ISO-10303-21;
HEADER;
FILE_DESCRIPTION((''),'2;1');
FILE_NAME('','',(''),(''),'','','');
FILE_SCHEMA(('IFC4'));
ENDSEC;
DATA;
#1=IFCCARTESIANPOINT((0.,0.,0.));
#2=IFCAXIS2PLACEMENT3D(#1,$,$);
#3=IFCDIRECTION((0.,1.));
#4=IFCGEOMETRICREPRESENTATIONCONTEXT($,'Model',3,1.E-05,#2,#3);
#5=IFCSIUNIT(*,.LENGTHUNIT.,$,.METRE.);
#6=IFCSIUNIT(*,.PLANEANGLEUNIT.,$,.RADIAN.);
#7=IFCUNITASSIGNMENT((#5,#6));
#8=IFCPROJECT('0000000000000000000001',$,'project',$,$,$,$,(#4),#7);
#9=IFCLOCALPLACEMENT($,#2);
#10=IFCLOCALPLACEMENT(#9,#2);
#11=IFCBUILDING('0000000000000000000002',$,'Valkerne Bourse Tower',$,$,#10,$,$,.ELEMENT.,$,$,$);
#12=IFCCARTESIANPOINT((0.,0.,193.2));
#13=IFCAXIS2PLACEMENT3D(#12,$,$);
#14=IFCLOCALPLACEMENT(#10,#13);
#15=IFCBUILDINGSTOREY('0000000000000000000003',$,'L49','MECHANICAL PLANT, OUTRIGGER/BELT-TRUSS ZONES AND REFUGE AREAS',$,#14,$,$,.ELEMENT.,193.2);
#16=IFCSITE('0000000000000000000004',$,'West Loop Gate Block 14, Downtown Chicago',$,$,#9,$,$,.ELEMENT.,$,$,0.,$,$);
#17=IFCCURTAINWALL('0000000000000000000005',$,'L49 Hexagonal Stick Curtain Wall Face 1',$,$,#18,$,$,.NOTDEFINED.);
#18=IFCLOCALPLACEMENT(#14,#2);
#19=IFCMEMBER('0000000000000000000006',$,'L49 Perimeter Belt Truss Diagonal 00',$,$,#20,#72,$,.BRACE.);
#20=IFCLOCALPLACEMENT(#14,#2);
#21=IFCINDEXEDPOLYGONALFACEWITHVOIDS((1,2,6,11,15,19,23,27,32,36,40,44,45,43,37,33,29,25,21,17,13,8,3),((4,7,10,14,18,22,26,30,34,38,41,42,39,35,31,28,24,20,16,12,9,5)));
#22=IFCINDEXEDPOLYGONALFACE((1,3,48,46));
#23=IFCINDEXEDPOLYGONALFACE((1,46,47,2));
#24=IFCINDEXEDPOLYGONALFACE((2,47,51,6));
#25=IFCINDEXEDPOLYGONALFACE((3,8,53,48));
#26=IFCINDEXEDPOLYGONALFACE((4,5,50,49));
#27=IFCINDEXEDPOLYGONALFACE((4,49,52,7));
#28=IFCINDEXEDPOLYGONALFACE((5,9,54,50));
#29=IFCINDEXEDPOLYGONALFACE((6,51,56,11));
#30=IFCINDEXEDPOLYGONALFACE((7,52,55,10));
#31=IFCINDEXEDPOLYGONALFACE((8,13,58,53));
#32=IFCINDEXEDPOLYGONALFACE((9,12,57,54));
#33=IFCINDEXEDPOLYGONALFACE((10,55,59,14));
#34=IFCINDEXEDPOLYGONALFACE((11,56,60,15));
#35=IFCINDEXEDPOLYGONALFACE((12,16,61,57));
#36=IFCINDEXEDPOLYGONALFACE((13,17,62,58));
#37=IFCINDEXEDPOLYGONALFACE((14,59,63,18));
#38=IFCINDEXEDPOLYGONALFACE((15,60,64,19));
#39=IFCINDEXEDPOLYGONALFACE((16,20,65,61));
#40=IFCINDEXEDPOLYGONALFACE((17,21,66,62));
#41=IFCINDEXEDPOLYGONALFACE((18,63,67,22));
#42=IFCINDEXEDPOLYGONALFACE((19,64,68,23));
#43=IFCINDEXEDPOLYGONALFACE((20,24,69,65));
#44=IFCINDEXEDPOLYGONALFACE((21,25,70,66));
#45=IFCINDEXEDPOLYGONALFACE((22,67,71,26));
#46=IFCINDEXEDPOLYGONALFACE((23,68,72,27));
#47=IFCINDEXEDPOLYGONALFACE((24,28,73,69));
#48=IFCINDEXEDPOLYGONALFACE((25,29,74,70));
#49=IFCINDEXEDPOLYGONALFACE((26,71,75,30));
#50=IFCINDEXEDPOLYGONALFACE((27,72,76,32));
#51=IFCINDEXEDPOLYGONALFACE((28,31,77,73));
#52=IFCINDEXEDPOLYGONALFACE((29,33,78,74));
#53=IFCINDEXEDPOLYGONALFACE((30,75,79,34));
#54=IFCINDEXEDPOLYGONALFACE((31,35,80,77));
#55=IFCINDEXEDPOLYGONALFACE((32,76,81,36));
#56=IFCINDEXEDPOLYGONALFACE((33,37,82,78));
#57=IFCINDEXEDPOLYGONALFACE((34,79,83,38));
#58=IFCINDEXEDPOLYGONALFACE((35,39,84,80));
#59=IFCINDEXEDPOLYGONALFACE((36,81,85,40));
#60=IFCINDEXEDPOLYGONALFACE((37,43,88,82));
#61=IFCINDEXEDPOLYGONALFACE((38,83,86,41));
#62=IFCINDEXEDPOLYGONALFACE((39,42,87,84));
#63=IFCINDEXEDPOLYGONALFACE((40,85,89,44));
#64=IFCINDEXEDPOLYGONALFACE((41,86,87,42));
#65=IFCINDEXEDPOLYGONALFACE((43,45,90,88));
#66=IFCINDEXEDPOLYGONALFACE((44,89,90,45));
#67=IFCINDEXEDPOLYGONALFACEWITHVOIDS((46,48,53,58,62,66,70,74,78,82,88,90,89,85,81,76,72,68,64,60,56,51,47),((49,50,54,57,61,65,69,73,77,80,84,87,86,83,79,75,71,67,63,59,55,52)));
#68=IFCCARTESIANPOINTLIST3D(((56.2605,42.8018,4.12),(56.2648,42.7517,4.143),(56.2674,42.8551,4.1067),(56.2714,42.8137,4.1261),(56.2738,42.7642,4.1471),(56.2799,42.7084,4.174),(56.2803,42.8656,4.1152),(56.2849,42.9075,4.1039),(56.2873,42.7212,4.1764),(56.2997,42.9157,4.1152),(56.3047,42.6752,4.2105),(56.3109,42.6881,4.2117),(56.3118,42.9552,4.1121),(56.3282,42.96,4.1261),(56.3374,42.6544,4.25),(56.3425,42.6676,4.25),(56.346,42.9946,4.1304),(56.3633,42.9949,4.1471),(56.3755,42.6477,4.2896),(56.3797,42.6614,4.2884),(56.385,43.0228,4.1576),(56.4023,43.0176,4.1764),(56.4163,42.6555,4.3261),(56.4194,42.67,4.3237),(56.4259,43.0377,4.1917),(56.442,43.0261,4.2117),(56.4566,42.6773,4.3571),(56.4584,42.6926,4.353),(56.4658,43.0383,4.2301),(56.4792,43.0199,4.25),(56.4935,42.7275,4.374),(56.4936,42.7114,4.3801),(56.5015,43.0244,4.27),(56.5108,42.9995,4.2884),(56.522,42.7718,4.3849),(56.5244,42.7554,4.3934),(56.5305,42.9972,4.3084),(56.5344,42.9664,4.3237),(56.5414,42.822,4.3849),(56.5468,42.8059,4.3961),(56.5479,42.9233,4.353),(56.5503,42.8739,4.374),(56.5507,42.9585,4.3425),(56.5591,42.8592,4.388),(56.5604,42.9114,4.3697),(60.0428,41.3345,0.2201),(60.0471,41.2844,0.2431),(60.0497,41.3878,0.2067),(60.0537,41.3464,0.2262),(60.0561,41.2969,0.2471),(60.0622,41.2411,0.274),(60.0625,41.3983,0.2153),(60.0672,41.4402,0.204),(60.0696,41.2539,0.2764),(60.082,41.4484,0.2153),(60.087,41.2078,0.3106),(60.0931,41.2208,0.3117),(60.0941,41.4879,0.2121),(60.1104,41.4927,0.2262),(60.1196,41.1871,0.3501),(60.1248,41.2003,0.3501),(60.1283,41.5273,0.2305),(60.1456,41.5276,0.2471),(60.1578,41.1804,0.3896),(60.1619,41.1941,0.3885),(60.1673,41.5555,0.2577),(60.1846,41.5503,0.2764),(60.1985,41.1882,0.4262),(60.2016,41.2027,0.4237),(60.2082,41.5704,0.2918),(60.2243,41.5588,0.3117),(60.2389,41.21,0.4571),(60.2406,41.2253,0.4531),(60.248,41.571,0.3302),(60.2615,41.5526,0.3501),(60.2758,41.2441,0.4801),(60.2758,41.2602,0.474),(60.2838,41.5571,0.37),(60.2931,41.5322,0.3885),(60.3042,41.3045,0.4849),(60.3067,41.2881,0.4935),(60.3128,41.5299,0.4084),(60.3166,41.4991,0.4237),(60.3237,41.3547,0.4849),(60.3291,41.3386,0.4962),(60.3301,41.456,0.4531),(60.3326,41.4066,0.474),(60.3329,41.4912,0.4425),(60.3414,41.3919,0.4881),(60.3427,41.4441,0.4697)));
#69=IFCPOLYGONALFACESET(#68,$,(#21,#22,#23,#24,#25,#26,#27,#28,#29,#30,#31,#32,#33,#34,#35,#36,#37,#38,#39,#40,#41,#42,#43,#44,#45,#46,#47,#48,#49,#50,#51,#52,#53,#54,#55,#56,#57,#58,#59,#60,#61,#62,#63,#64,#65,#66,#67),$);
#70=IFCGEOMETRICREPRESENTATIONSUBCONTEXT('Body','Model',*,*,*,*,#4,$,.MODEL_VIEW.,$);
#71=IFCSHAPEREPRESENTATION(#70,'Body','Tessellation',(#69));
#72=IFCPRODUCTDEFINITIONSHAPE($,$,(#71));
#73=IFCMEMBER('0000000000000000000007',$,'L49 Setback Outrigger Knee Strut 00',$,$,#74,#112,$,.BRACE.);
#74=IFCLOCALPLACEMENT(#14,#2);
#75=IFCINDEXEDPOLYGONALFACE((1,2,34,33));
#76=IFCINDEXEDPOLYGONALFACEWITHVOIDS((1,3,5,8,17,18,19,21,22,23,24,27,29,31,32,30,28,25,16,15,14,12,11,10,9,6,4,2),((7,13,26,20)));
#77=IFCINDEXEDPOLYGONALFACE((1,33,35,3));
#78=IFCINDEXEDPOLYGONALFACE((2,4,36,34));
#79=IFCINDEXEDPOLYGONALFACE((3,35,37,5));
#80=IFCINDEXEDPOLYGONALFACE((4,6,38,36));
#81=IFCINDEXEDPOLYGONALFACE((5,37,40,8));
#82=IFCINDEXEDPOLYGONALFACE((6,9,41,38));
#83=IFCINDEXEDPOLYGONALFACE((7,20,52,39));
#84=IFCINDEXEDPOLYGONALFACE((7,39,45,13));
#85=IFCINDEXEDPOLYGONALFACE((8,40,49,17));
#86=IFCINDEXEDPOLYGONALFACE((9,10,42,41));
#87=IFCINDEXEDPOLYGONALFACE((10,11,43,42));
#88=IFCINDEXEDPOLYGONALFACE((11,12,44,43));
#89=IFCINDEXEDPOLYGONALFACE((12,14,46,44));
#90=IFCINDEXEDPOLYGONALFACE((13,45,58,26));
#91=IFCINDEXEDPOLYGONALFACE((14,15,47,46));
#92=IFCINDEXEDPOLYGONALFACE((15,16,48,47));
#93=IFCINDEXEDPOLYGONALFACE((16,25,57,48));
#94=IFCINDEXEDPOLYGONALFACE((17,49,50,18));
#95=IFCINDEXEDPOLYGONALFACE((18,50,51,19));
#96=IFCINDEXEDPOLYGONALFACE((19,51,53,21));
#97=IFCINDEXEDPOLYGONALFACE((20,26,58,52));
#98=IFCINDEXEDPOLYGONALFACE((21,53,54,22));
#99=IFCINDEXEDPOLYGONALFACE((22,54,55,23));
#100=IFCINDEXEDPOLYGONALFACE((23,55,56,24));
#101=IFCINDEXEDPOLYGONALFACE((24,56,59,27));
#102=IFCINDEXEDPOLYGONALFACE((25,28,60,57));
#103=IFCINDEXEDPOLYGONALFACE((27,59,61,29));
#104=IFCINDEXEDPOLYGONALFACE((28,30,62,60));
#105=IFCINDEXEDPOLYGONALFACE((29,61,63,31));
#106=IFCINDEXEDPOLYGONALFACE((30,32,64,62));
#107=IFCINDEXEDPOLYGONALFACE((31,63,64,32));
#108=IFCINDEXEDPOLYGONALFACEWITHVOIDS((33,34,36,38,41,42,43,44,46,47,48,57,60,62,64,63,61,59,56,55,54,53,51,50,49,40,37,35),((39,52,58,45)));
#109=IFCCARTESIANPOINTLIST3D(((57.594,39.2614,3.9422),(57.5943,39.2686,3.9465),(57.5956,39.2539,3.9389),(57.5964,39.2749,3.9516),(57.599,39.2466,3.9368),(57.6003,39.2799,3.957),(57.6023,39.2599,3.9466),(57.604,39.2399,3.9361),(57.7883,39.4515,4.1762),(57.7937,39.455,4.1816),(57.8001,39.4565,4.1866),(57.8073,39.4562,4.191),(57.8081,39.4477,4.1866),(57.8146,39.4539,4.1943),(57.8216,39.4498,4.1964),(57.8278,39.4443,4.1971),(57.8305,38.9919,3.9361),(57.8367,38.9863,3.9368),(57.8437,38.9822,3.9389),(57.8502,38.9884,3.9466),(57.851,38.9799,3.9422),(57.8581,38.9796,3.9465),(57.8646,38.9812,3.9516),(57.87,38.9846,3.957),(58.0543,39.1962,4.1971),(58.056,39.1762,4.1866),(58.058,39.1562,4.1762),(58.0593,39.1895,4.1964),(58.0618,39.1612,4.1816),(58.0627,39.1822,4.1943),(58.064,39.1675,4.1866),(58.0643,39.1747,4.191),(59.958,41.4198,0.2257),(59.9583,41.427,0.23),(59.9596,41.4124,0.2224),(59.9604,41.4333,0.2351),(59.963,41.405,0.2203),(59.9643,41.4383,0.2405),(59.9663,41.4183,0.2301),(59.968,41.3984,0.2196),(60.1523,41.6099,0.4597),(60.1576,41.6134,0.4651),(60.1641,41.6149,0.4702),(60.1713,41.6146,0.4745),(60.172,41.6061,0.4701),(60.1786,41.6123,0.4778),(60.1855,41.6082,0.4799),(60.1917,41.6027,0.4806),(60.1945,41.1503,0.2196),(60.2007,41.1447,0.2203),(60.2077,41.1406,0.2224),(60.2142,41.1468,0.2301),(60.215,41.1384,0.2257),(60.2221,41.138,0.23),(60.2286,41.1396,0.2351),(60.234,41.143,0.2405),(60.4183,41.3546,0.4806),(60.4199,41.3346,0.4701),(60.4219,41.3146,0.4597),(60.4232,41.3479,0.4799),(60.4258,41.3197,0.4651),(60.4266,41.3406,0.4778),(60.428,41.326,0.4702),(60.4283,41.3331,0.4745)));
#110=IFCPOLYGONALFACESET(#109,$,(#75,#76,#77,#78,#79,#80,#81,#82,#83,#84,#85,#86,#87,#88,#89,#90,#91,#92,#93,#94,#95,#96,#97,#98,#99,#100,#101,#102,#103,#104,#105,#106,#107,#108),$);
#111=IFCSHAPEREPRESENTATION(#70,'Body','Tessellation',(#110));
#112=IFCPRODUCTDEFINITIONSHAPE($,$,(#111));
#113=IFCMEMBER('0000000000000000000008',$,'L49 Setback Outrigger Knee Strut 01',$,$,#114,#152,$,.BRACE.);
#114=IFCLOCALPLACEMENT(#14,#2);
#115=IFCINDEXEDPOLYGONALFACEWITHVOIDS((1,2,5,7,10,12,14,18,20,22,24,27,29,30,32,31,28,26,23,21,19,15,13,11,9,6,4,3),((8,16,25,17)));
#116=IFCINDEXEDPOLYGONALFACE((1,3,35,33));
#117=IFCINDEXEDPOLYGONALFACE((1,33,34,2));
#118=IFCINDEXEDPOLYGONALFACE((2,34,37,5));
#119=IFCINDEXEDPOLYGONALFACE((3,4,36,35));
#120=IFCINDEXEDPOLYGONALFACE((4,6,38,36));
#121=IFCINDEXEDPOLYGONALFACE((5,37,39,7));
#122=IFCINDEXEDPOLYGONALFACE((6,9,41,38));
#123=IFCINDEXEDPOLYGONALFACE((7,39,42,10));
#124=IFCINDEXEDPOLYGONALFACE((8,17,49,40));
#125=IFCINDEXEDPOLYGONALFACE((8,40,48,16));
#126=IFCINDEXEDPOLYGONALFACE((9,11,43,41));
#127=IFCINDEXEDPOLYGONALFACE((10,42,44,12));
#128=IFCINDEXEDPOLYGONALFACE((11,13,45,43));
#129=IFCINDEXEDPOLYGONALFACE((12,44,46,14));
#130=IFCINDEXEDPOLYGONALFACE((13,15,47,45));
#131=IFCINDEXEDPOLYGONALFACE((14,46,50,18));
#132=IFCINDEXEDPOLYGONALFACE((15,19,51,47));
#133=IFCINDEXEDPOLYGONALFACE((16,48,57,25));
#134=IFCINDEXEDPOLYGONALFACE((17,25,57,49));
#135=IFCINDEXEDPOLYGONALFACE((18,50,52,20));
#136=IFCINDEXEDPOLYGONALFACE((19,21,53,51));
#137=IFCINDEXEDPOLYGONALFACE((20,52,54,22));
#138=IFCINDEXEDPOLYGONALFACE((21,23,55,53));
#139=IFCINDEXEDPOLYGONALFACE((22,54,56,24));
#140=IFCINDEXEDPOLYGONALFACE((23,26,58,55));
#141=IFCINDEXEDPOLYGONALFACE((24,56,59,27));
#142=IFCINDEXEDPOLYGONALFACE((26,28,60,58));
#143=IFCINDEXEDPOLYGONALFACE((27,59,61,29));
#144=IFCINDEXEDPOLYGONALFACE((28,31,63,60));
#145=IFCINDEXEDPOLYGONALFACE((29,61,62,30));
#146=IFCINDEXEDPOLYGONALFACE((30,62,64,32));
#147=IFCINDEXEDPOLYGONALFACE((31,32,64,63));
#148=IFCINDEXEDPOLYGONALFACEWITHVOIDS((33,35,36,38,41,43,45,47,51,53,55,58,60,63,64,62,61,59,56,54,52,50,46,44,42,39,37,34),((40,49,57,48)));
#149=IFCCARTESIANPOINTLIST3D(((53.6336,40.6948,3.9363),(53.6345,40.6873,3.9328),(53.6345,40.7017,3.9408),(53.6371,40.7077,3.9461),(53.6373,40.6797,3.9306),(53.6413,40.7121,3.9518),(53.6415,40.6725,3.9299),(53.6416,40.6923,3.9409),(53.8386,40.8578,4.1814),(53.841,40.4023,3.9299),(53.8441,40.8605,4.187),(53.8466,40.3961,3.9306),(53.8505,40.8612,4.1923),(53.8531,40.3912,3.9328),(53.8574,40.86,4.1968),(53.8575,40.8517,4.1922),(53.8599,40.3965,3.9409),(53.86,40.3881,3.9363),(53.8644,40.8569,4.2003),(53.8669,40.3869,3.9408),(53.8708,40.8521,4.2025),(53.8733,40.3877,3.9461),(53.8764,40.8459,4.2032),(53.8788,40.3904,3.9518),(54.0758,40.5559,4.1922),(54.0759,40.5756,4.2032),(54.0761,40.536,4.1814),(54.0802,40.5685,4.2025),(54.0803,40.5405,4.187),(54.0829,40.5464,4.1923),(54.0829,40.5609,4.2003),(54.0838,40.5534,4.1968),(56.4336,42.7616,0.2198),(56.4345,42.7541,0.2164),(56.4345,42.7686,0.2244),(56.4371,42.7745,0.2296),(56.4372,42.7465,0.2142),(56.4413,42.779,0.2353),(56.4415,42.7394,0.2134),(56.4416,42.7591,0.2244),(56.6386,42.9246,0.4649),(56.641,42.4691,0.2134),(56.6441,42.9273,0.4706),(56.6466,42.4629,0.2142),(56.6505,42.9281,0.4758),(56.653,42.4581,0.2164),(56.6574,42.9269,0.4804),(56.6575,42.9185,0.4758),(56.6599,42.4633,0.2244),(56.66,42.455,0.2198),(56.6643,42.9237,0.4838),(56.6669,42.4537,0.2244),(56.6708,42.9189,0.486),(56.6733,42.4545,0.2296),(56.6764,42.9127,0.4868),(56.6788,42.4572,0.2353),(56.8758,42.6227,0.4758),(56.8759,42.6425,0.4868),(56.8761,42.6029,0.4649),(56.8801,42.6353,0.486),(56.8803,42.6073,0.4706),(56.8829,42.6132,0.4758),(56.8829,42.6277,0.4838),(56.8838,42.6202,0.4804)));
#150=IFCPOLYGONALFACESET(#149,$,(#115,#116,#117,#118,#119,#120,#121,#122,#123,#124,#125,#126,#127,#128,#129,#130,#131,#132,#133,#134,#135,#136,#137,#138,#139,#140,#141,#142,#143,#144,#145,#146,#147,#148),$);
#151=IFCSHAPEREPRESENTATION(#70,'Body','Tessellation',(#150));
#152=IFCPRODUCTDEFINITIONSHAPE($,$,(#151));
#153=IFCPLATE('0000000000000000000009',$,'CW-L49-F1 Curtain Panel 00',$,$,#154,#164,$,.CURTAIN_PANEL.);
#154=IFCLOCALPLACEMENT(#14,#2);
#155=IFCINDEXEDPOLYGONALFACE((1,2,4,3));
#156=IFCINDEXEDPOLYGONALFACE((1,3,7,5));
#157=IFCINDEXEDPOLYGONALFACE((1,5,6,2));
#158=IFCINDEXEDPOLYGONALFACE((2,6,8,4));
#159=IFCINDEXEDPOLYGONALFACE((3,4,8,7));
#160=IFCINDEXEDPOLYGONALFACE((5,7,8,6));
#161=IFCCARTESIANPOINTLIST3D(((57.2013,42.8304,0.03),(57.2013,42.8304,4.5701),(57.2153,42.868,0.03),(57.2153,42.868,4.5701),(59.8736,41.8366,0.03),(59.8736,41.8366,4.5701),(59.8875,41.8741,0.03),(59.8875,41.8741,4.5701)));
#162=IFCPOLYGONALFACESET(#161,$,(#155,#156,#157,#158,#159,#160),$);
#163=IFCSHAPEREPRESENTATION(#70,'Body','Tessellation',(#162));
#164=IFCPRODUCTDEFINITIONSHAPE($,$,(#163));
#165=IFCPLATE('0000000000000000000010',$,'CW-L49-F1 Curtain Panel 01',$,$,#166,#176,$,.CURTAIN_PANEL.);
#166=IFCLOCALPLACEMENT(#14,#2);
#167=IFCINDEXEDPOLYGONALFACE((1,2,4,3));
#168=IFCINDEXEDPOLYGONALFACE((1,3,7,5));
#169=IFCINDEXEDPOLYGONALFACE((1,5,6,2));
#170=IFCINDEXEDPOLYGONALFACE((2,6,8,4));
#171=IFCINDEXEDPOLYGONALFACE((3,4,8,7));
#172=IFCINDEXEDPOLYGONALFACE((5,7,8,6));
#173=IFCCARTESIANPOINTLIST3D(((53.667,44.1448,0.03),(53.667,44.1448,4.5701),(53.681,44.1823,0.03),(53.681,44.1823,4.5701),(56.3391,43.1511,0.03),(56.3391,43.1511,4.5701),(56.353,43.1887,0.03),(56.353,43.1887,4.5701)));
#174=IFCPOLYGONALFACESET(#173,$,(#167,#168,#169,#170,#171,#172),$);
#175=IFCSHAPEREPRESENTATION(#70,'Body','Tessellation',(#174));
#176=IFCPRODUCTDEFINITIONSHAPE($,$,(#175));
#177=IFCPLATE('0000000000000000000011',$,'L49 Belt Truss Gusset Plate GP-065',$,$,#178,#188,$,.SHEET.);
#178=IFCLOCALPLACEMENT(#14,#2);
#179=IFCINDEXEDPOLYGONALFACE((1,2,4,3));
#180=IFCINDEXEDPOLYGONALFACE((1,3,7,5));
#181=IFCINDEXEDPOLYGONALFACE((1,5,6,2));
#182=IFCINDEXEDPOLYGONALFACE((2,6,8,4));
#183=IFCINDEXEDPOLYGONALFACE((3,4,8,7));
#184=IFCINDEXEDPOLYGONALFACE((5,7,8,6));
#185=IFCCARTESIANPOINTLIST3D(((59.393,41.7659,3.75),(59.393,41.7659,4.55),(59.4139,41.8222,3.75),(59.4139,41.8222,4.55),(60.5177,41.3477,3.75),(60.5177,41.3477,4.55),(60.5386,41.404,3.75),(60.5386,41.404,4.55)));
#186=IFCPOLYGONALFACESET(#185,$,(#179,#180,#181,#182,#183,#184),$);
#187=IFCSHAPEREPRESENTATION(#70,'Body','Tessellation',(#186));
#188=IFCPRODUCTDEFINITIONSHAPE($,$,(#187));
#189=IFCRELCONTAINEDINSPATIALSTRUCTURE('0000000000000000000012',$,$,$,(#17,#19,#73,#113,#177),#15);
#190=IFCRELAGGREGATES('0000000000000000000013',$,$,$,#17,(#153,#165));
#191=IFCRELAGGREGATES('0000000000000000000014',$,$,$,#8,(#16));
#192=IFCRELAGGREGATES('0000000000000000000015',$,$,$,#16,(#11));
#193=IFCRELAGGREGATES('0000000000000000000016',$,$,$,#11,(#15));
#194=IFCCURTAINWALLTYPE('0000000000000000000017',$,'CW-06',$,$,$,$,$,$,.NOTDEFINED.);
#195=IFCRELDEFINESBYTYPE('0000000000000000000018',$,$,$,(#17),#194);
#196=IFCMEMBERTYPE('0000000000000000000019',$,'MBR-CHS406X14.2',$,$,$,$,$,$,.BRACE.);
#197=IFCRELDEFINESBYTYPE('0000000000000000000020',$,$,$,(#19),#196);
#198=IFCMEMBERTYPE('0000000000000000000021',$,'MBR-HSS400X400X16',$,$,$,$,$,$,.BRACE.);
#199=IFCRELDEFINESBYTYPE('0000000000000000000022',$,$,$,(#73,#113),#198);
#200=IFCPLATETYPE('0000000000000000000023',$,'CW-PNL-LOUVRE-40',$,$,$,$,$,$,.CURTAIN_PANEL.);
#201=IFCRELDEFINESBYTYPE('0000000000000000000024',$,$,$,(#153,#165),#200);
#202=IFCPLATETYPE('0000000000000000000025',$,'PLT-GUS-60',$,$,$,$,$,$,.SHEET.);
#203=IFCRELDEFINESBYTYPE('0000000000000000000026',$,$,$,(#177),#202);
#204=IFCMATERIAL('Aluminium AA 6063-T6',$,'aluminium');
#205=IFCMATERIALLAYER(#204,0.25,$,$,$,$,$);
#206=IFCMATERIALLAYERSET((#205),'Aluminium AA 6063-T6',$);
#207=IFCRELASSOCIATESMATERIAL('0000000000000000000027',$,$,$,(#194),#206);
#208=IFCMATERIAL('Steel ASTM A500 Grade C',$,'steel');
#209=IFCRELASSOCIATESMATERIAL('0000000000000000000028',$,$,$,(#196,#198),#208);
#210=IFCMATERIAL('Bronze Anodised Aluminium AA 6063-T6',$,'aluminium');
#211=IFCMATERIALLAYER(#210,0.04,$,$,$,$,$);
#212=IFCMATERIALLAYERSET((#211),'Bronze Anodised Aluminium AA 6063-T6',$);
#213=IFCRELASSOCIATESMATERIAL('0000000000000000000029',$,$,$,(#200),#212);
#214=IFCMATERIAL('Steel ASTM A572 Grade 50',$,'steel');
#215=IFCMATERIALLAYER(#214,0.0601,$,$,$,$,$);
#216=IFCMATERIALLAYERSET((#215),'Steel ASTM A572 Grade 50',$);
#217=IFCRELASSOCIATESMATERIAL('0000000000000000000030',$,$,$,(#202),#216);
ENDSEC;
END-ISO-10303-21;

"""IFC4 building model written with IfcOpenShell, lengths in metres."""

from ifc_helpers import new_model, si_unit, direction, frame, origin, origin_2d, place, context, subcontext, project, spatial, rectangle, hollow_rectangle, hollow_circle, extrude, material, layer, layer_set, material_profile, profile_set, type_object, element, aggregate, save


model = new_model("IFC4")

# Units and contexts
model_context = context("Model", 3, precision=1e-05, world=origin(), true_north=direction((0.0, 1.0)))
body_context = subcontext(model_context, "Body", "Model", "MODEL_VIEW")
ifc_project = project(units=[si_unit("LENGTHUNIT", "METRE"), si_unit("PLANEANGLEUNIT", "RADIAN")], contexts=[model_context])

# Site, building, storey
site_placement = place(None, origin())
site = spatial("IfcSite", under=ifc_project, at=site_placement, Name="West Loop Gate Block 14, Downtown Chicago", CompositionType="ELEMENT", RefElevation=0.0)
building_placement = place(site_placement, origin())
building = spatial("IfcBuilding", under=site, at=building_placement, Name="Valkerne Bourse Tower", CompositionType="ELEMENT")
storey_placement = place(building_placement, frame((0.0, 0.0, 193.2)))
storey = spatial("IfcBuildingStorey", under=building, at=storey_placement, Name="L49", Description="MECHANICAL PLANT, OUTRIGGER/BELT-TRUSS ZONES AND REFUGE AREAS", CompositionType="ELEMENT", Elevation=193.2)

# Curtain wall
ifc_material_1 = material(Name="Aluminium AA 6063-T6", Category="aluminium")
ifc_layer_1 = layer(ifc_material_1, 0.25)
ifc_layer_set_1 = layer_set([ifc_layer_1], Name="Aluminium AA 6063-T6")
curtain_wall_type = type_object("IfcCurtainWallType", Name="CW-06", PredefinedType="NOTDEFINED", material=ifc_layer_set_1)
curtain_wall_placement = place(storey_placement, origin())
curtain_wall = element("IfcCurtainWall", 1, at=curtain_wall_placement, inside=storey, type_object=curtain_wall_type, Name="L49 Hexagonal Stick Curtain Wall Face 1", PredefinedType="NOTDEFINED")

# Members
ifc_material_2 = material(Name="Steel ASTM A500 Grade C", Category="steel")
ifc_material_profile_1 = material_profile(ifc_material_2, hollow_circle(Radius=0.2031, WallThickness=0.0142, at=origin_2d()), Name="CHS406X14.2")
ifc_profile_set_1 = profile_set([ifc_material_profile_1], Name="Steel ASTM A500 Grade C")
member_type_1 = type_object("IfcMemberType", Name="MBR-CHS406X14.2", PredefinedType="BRACE", material=ifc_profile_set_1)
member_1_placement = place(storey_placement, frame((60.1931, 41.3765, 0.3501), z_axis=(-0.672111, 0.26074, 0.693023), x_axis=(-0.361679, -0.932303, 0.0)))
element("IfcMember", 2, at=member_1_placement, inside=storey, type_object=member_type_1, Name="L49 Perimeter Belt Truss Diagonal 00", PredefinedType="BRACE", context=body_context, shape_type="SweptSolid", body=[
    extrude(hollow_circle(Radius=0.2031, WallThickness=0.0142, at=origin_2d()), origin(), (0.0, 0.0, 1.0), 5.6274),
])
ifc_material_profile_2 = material_profile(ifc_material_2, hollow_rectangle(XDim=0.3999, YDim=0.3999, WallThickness=0.0161, OuterFilletRadius=0.032, at=origin_2d()), Name="HSS400X400X16")
ifc_profile_set_2 = profile_set([ifc_material_profile_2], Name="Steel ASTM A500 Grade C")
member_type_2 = type_object("IfcMemberType", Name="MBR-HSS400X400X16", PredefinedType="BRACE", material=ifc_profile_set_2)
member_2_placement = place(storey_placement, frame((60.1931, 41.3765, 0.3501), z_axis=(-0.481948, -0.440039, 0.757688), x_axis=(0.674269, -0.738485, 0.0)))
element("IfcMember", 3, at=member_2_placement, inside=storey, type_object=member_type_2, Name="L49 Setback Outrigger Knee Strut 00", PredefinedType="BRACE", context=body_context, shape_type="SweptSolid", body=[
    extrude(hollow_rectangle(XDim=0.3999, YDim=0.3999, WallThickness=0.0161, OuterFilletRadius=0.032, at=origin_2d()), origin(), (0.0, 0.0, 1.0), 4.905),
])
member_3_placement = place(storey_placement, frame((56.6587, 42.6909, 0.3501), z_axis=(-0.549928, -0.405937, 0.729928), x_axis=(0.593888, -0.804548, 0.0)))
element("IfcMember", 4, at=member_3_placement, inside=storey, type_object=member_type_2, Name="L49 Setback Outrigger Knee Strut 01", PredefinedType="BRACE", context=body_context, shape_type="SweptSolid", body=[
    extrude(hollow_rectangle(XDim=0.3999, YDim=0.3999, WallThickness=0.0161, OuterFilletRadius=0.032, at=origin_2d()), origin(), (0.0, 0.0, 1.0), 5.0916),
])

# Plates
ifc_material_3 = material(Name="Bronze Anodised Aluminium AA 6063-T6", Category="aluminium")
ifc_layer_2 = layer(ifc_material_3, 0.04)
ifc_layer_set_2 = layer_set([ifc_layer_2], Name="Bronze Anodised Aluminium AA 6063-T6")
plate_type_1 = type_object("IfcPlateType", Name="CW-PNL-LOUVRE-40", PredefinedType="CURTAIN_PANEL", material=ifc_layer_set_2)
plate_1_placement = place(storey_placement, frame((58.5444, 42.3523, 0.03), z_axis=(0.0, 0.0, 1.0), x_axis=(-0.937279, 0.348579, 0.0)))
plate_1 = element("IfcPlate", 5, at=plate_1_placement, type_object=plate_type_1, Name="CW-L49-F1 Curtain Panel 00", PredefinedType="CURTAIN_PANEL", context=body_context, shape_type="SweptSolid", body=[
    extrude(rectangle(XDim=2.8511, YDim=0.04, at=origin_2d()), origin(), (0.0, 0.0, 1.0), 4.54),
])
plate_2_placement = place(storey_placement, frame((55.01, 43.6667, 0.03), z_axis=(0.0, 0.0, 1.0), x_axis=(-0.937288, 0.348556, 0.0)))
plate_2 = element("IfcPlate", 6, at=plate_2_placement, type_object=plate_type_1, Name="CW-L49-F1 Curtain Panel 01", PredefinedType="CURTAIN_PANEL", context=body_context, shape_type="SweptSolid", body=[
    extrude(rectangle(XDim=2.8508, YDim=0.04, at=origin_2d()), origin(), (0.0, 0.0, 1.0), 4.54),
])
aggregate(curtain_wall, [plate_1, plate_2])

# Plate
ifc_material_4 = material(Name="Steel ASTM A572 Grade 50", Category="steel")
ifc_layer_3 = layer(ifc_material_4, 0.0601)
ifc_layer_set_3 = layer_set([ifc_layer_3], Name="Steel ASTM A572 Grade 50")
plate_type_2 = type_object("IfcPlateType", Name="PLT-GUS-60", PredefinedType="SHEET", material=ifc_layer_set_3)
for number, where, z_axis, x_axis, name in (
    (7, (59.9658, 41.585, 3.75), (0.0, 0.0, 1.0), (-0.937282, 0.348572, 0.0), "L49 Belt Truss Gusset Plate GP-065"),
):
    element("IfcPlate", number, at=place(storey_placement, frame(where, z_axis=z_axis, x_axis=x_axis)), inside=storey, type_object=plate_type_2, Name=name, PredefinedType="SHEET", context=body_context, shape_type="SweptSolid", body=[
        extrude(rectangle(XDim=1.2, YDim=0.0601, at=origin_2d()), origin(), (0.0, 0.0, 1.0), 0.8),
    ])

save(model, "model.ifc")
